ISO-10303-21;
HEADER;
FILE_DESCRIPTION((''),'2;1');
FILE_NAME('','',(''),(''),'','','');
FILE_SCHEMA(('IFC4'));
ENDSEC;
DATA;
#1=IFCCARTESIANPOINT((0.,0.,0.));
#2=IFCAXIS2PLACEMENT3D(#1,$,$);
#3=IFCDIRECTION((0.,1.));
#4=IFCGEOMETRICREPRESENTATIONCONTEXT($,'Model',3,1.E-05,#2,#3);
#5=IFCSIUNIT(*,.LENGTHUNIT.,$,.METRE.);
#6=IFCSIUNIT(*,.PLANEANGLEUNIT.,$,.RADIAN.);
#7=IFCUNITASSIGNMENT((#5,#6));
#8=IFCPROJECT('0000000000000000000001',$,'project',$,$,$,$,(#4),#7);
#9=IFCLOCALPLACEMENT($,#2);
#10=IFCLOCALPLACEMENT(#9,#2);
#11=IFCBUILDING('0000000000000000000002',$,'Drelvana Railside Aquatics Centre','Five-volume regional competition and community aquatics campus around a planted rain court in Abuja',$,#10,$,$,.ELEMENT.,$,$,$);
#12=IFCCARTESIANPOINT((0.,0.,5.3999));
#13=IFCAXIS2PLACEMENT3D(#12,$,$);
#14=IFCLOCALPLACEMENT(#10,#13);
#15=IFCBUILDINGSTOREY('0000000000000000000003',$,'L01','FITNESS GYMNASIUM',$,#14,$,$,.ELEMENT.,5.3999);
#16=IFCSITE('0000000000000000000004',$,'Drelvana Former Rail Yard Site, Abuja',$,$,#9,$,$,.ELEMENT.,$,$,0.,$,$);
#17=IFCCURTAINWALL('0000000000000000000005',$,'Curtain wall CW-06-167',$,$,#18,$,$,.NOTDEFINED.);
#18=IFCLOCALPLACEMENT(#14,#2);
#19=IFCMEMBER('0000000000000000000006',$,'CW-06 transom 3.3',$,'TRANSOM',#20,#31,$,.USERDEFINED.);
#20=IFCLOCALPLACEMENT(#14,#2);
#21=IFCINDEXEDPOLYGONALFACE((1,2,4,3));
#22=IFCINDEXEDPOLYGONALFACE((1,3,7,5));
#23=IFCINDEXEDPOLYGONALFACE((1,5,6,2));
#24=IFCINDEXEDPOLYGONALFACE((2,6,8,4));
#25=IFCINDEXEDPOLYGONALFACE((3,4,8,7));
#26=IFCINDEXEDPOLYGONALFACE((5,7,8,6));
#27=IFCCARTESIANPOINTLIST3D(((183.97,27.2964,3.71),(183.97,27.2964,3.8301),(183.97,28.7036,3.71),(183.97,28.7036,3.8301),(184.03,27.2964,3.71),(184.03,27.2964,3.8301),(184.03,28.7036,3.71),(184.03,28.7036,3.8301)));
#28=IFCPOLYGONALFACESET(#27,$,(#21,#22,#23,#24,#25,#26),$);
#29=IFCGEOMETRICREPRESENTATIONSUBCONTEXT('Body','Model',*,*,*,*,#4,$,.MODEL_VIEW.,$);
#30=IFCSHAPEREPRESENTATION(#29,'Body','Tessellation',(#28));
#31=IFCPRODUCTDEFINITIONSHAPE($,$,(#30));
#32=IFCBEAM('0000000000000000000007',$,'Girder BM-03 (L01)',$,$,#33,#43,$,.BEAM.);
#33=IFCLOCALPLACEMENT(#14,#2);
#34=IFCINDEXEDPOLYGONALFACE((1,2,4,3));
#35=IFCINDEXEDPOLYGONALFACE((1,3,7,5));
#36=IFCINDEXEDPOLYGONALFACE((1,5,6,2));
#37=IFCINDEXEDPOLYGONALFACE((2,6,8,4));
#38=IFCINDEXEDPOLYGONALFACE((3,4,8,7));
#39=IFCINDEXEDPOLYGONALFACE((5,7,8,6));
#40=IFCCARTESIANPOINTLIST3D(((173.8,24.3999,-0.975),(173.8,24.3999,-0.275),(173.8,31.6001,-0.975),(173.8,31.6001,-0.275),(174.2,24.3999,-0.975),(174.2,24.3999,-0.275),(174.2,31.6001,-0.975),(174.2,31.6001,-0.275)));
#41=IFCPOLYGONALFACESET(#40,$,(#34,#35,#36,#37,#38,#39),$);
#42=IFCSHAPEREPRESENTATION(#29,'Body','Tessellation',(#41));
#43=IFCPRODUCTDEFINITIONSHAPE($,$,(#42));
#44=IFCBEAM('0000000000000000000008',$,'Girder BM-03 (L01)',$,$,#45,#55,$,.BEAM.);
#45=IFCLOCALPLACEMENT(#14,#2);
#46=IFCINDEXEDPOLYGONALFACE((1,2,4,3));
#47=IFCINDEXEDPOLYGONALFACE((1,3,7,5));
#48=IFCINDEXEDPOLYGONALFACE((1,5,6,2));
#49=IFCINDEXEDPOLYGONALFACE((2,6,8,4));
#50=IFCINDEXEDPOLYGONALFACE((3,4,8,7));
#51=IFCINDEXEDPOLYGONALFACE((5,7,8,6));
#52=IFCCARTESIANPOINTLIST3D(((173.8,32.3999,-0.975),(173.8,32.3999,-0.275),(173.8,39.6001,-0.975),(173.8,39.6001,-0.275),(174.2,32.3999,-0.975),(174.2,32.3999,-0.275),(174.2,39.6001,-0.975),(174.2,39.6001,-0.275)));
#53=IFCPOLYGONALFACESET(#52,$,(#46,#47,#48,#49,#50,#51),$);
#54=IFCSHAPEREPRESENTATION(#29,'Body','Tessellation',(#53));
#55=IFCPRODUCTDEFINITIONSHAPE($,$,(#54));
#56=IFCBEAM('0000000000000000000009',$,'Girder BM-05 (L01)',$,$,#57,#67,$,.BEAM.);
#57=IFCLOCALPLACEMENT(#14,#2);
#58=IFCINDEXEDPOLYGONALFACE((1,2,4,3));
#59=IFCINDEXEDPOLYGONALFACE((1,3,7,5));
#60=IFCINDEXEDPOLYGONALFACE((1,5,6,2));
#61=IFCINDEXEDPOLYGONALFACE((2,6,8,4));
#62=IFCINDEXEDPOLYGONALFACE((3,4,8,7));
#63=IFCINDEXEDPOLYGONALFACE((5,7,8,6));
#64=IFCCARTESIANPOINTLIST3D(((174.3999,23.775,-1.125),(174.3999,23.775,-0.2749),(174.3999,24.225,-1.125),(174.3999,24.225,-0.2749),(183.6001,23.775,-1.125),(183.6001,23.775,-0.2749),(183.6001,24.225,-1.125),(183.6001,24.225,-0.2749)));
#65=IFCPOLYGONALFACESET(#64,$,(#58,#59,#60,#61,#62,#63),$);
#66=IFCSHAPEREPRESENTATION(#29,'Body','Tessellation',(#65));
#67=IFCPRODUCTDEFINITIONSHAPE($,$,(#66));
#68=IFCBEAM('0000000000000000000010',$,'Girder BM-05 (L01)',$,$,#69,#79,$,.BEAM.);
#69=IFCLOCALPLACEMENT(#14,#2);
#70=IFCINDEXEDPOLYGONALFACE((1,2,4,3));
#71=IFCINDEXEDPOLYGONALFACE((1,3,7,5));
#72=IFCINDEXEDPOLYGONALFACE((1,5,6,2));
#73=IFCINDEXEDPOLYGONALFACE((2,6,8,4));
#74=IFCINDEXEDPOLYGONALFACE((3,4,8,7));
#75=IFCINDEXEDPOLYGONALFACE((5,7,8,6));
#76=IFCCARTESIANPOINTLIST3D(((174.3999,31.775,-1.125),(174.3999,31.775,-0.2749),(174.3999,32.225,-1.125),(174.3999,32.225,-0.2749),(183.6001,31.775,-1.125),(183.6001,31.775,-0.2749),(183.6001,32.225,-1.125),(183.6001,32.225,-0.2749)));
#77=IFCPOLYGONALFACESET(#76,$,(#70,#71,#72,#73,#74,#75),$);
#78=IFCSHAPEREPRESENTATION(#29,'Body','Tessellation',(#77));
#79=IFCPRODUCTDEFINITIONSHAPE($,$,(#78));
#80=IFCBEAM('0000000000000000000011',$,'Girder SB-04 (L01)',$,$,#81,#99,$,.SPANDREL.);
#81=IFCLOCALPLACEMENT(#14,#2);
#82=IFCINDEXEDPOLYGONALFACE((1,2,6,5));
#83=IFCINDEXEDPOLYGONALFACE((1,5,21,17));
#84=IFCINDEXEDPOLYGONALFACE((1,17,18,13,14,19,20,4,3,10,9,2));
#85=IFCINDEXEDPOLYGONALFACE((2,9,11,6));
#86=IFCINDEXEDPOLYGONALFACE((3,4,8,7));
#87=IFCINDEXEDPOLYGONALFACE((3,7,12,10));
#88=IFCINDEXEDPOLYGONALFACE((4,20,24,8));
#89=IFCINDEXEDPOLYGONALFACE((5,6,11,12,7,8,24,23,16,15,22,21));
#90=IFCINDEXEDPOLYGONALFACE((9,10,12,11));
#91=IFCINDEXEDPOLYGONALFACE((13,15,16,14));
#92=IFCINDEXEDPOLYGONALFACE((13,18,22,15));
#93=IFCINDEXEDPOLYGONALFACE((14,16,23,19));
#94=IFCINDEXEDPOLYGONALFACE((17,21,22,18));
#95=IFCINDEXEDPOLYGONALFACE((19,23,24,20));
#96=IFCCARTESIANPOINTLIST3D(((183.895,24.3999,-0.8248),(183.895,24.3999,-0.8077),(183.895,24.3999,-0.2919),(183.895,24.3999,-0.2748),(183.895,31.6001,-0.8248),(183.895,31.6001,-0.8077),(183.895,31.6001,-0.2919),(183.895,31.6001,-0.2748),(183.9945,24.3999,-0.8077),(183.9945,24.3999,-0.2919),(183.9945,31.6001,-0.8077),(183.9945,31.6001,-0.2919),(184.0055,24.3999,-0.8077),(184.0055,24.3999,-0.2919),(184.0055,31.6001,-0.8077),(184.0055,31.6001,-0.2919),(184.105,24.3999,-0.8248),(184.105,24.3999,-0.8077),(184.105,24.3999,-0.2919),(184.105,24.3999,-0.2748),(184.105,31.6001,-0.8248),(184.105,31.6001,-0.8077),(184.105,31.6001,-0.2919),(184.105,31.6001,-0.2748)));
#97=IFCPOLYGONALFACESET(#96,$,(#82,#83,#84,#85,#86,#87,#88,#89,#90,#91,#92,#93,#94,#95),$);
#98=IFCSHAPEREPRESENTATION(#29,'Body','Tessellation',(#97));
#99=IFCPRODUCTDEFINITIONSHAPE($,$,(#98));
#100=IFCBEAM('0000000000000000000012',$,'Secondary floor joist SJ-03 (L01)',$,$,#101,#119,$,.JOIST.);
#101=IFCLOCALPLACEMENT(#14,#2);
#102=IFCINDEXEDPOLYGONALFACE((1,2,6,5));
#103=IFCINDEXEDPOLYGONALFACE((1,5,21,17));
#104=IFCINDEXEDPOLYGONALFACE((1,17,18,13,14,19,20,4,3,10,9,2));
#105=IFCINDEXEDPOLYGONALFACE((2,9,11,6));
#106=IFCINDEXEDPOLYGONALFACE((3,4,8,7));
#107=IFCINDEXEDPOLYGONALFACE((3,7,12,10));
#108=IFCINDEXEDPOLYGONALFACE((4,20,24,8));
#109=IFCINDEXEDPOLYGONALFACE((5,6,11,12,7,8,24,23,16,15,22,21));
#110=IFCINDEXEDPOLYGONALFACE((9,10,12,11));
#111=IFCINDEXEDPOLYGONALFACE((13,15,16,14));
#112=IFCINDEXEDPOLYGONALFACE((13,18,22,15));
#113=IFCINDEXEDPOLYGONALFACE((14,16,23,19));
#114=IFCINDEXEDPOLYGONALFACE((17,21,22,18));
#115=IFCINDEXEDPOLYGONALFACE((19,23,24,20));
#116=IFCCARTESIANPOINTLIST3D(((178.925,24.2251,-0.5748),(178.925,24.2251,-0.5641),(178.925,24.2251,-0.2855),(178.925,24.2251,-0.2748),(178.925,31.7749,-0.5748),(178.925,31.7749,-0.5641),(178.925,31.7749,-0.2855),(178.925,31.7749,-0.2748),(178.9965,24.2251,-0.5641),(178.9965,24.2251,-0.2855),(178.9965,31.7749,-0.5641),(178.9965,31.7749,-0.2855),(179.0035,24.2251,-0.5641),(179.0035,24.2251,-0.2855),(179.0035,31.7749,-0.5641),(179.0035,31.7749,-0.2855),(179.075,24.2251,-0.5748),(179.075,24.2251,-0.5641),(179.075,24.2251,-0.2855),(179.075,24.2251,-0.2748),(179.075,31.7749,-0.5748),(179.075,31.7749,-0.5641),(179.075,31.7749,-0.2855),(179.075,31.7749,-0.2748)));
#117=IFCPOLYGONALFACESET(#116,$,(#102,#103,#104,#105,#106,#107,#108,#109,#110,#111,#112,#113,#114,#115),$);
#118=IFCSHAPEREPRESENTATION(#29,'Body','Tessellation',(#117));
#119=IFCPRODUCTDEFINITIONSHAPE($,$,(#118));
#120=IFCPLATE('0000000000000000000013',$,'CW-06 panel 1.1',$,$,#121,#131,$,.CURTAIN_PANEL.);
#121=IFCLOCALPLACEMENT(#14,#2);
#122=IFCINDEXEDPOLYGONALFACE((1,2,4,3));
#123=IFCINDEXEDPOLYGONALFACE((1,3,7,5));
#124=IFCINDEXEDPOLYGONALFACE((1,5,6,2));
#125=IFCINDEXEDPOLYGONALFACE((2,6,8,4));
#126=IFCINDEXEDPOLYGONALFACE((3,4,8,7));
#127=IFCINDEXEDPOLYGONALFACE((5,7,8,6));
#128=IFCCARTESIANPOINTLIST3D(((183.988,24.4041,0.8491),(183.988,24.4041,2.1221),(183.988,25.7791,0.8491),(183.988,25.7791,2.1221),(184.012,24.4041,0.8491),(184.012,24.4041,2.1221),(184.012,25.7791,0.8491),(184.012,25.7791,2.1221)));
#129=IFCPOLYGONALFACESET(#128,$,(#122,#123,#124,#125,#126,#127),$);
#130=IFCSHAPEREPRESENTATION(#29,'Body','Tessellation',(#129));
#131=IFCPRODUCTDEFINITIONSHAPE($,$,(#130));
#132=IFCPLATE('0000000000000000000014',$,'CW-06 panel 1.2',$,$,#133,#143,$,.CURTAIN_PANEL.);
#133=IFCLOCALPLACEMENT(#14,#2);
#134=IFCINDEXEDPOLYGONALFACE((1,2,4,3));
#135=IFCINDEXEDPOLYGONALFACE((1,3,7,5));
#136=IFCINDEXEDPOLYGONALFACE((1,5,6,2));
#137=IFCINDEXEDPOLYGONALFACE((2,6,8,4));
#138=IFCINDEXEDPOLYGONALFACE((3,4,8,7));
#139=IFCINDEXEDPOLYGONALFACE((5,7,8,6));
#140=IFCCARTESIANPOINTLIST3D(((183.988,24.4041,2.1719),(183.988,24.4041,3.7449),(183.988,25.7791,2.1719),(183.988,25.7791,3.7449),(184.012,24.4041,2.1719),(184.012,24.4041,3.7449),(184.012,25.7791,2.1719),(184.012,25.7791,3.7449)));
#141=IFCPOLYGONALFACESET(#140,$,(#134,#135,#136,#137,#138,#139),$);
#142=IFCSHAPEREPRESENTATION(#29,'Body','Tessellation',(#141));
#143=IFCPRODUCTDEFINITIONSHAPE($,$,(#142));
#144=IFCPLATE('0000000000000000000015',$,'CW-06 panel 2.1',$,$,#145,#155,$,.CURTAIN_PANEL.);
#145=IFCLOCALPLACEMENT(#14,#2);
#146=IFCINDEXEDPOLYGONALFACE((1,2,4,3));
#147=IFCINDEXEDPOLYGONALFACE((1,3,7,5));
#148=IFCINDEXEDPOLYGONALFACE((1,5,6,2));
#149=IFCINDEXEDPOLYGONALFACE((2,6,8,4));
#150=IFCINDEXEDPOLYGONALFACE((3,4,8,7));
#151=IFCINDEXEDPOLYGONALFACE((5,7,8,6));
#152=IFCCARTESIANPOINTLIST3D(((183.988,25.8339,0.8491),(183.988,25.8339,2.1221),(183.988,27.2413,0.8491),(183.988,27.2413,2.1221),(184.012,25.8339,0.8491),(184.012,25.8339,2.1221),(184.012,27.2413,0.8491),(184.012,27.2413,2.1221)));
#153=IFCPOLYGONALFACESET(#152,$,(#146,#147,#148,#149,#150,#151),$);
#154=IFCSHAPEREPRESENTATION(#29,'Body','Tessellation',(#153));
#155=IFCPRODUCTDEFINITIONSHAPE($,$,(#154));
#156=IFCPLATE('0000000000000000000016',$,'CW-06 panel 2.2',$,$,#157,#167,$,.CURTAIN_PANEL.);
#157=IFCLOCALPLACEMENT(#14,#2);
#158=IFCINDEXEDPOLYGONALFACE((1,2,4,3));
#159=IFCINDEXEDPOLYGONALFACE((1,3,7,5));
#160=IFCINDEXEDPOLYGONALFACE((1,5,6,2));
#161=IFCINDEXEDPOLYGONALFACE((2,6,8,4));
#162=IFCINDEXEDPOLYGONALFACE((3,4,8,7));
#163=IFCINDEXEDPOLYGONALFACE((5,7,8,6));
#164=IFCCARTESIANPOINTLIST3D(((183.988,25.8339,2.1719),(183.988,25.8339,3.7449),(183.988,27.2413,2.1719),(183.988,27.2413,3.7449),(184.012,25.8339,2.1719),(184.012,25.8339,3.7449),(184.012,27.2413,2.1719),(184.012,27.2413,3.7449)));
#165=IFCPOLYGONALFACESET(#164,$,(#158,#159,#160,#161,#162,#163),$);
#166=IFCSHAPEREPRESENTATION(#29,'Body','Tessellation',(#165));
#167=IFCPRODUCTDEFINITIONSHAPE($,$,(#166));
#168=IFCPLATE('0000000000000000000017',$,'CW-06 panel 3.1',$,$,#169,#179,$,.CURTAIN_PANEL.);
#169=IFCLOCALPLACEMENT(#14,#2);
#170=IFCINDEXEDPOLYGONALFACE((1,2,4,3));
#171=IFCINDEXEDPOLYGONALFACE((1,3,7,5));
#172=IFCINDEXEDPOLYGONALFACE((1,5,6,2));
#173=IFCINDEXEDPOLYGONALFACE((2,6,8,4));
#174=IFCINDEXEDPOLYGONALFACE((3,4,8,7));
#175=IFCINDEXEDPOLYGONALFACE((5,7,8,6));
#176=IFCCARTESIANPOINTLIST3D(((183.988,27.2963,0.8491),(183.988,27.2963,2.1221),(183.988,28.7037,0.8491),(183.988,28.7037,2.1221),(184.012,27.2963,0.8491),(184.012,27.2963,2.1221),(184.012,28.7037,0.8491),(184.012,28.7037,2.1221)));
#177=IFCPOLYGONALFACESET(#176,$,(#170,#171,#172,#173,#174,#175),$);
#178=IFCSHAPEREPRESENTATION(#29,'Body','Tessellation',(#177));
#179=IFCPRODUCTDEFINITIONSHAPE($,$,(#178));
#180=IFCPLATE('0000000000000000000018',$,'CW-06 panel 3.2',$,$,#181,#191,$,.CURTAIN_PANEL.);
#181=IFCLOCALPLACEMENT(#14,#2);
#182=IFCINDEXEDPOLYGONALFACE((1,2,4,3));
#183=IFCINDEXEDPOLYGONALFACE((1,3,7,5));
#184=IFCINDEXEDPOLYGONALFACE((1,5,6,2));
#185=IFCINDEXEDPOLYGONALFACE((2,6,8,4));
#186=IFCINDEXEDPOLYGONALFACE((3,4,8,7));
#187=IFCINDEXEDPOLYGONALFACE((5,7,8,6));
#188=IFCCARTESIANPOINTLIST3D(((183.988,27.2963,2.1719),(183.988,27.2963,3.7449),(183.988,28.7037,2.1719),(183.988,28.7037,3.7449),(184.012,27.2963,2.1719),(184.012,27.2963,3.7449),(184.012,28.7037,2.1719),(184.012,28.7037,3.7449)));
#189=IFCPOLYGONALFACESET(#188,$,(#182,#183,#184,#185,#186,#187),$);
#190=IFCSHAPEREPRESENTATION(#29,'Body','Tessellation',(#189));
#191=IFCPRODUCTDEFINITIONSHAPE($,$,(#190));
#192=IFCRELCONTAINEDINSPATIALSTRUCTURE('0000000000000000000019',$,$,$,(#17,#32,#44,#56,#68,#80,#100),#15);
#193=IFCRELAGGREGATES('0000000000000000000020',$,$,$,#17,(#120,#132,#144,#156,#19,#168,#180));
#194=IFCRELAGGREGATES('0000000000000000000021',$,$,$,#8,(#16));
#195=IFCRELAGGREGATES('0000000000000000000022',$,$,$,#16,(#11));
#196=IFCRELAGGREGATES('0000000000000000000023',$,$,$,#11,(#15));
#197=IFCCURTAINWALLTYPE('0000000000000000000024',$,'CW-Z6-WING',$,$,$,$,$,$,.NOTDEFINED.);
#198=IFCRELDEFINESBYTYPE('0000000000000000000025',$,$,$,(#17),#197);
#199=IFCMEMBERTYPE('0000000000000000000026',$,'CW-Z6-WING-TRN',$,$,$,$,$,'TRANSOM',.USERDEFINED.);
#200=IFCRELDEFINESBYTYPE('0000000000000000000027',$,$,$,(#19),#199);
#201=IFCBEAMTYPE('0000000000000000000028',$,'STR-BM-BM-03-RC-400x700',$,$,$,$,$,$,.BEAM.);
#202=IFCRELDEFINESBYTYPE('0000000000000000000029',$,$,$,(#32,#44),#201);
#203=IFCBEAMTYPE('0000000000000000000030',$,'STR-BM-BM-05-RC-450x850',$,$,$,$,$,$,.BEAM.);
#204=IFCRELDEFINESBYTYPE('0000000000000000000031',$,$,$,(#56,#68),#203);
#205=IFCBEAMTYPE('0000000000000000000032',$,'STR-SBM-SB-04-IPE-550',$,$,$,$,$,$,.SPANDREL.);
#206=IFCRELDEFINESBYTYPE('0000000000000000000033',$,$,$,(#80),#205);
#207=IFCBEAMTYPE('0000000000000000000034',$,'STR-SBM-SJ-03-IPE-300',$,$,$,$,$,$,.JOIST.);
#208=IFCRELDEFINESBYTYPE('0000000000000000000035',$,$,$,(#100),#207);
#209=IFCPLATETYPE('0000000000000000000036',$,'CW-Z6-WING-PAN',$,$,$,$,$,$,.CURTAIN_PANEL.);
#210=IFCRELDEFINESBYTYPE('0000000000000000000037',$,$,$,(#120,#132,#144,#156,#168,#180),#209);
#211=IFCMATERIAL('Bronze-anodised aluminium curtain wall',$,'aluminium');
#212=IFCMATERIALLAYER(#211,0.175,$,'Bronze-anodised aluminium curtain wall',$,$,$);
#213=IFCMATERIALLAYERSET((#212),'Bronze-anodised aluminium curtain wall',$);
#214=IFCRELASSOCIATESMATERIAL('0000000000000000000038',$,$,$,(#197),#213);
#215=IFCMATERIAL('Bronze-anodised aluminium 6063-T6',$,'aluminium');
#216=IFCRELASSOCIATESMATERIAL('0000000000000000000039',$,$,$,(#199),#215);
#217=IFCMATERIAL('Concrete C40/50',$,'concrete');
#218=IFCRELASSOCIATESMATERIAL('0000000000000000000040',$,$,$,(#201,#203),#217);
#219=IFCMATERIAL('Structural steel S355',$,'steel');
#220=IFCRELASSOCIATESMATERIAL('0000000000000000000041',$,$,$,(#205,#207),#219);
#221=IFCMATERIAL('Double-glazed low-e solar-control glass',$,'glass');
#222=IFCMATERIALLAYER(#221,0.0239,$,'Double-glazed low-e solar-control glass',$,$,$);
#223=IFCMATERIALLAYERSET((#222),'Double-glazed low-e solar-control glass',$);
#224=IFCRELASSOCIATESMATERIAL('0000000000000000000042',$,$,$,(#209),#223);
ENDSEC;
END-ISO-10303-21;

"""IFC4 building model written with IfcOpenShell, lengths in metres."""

from ifc_helpers import new_model, si_unit, direction, frame, origin, origin_2d, place, context, subcontext, project, spatial, rectangle, i_section, extrude, material, layer, layer_set, material_profile, profile_set, type_object, element, aggregate, save


model = new_model("IFC4")

# Units and contexts
model_context = context("Model", 3, precision=1e-05, world=origin(), true_north=direction((0.0, 1.0)))
body_context = subcontext(model_context, "Body", "Model", "MODEL_VIEW")
ifc_project = project(units=[si_unit("LENGTHUNIT", "METRE"), si_unit("PLANEANGLEUNIT", "RADIAN")], contexts=[model_context])

# Site, building, storey
site_placement = place(None, origin())
site = spatial("IfcSite", under=ifc_project, at=site_placement, Name="Drelvana Former Rail Yard Site, Abuja", CompositionType="ELEMENT", RefElevation=0.0)
building_placement = place(site_placement, origin())
building = spatial("IfcBuilding", under=site, at=building_placement, Name="Drelvana Railside Aquatics Centre", Description="Five-volume regional competition and community aquatics campus around a planted rain court in Abuja", CompositionType="ELEMENT")
storey_placement = place(building_placement, frame((0.0, 0.0, 5.3999)))
storey = spatial("IfcBuildingStorey", under=building, at=storey_placement, Name="L01", Description="FITNESS GYMNASIUM", CompositionType="ELEMENT", Elevation=5.3999)

# Shared definitions
ifc_material_1 = material(Name="Concrete C40/50", Category="concrete")

# Curtain wall, member
ifc_material_2 = material(Name="Bronze-anodised aluminium curtain wall", Category="aluminium")
ifc_layer_1 = layer(ifc_material_2, 0.175, Name="Bronze-anodised aluminium curtain wall")
ifc_layer_set_1 = layer_set([ifc_layer_1], Name="Bronze-anodised aluminium curtain wall")
curtain_wall_type = type_object("IfcCurtainWallType", Name="CW-Z6-WING", PredefinedType="NOTDEFINED", material=ifc_layer_set_1)
curtain_wall_placement = place(storey_placement, origin())
curtain_wall = element("IfcCurtainWall", 1, at=curtain_wall_placement, inside=storey, type_object=curtain_wall_type, Name="Curtain wall CW-06-167", PredefinedType="NOTDEFINED")
ifc_material_3 = material(Name="Bronze-anodised aluminium 6063-T6", Category="aluminium")
ifc_material_profile_1 = material_profile(ifc_material_3, rectangle(XDim=0.1201, YDim=0.0601, at=origin_2d()), Name="ALU-T 60x120")
ifc_profile_set_1 = profile_set([ifc_material_profile_1], Name="Bronze-anodised aluminium 6063-T6")
member_type_1 = type_object("IfcMemberType", Name="CW-Z6-WING-TRN", ElementType="TRANSOM", PredefinedType="USERDEFINED", material=ifc_profile_set_1)
member_1_placement = place(storey_placement, frame((184.0, 27.2964, 3.77), z_axis=(0.0, 1.0, 0.0), x_axis=(0.0, 0.0, 1.0)))
member_1 = element("IfcMember", 2, at=member_1_placement, type_object=member_type_1, Name="CW-06 transom 3.3", ObjectType="TRANSOM", PredefinedType="USERDEFINED", context=body_context, shape_type="SweptSolid", body=[
    extrude(rectangle(XDim=0.1201, YDim=0.0601, at=origin_2d()), origin(), (0.0, 0.0, 1.0), 1.4072),
])

# Beams
ifc_material_profile_2 = material_profile(ifc_material_1, rectangle(XDim=0.3999, YDim=0.7, at=origin_2d()), Name="RC 400x700")
ifc_profile_set_2 = profile_set([ifc_material_profile_2], Name="Concrete C40/50")
beam_type_1 = type_object("IfcBeamType", Name="STR-BM-BM-03-RC-400x700", PredefinedType="BEAM", material=ifc_profile_set_2)
for number, where, z_axis, x_axis, name in (
    (3, (174.0, 24.3999, -0.625), (0.0, 1.0, 0.0), (-1.0, 0.0, 0.0), "Girder BM-03 (L01)"),
    (4, (174.0, 32.3999, -0.625), (0.0, 1.0, 0.0), (-1.0, 0.0, 0.0), "Girder BM-03 (L01)"),
):
    element("IfcBeam", number, at=place(storey_placement, frame(where, z_axis=z_axis, x_axis=x_axis)), inside=storey, type_object=beam_type_1, Name=name, PredefinedType="BEAM", context=body_context, shape_type="SweptSolid", body=[
        extrude(rectangle(XDim=0.3999, YDim=0.7, at=origin_2d()), origin(), (0.0, 0.0, 1.0), 7.2002),
    ])
ifc_material_profile_3 = material_profile(ifc_material_1, rectangle(XDim=0.45, YDim=0.8501, at=origin_2d()), Name="RC 450x850")
ifc_profile_set_3 = profile_set([ifc_material_profile_3], Name="Concrete C40/50")
beam_type_2 = type_object("IfcBeamType", Name="STR-BM-BM-05-RC-450x850", PredefinedType="BEAM", material=ifc_profile_set_3)
for number, where, z_axis, x_axis, name in (
    (5, (174.3999, 24.0, -0.7), (1.0, 0.0, 0.0), (0.0, 1.0, 0.0), "Girder BM-05 (L01)"),
    (6, (174.3999, 32.0, -0.7), (1.0, 0.0, 0.0), (0.0, 1.0, 0.0), "Girder BM-05 (L01)"),
):
    element("IfcBeam", number, at=place(storey_placement, frame(where, z_axis=z_axis, x_axis=x_axis)), inside=storey, type_object=beam_type_2, Name=name, PredefinedType="BEAM", context=body_context, shape_type="SweptSolid", body=[
        extrude(rectangle(XDim=0.45, YDim=0.8501, at=origin_2d()), origin(), (0.0, 0.0, 1.0), 9.2002),
    ])
ifc_material_4 = material(Name="Structural steel S355", Category="steel")
ifc_material_profile_4 = material_profile(ifc_material_4, i_section(OverallWidth=0.21, OverallDepth=0.55, WebThickness=0.011, FlangeThickness=0.0171, at=origin_2d()), Name="IPE 550")
ifc_profile_set_4 = profile_set([ifc_material_profile_4], Name="Structural steel S355")
beam_type_3 = type_object("IfcBeamType", Name="STR-SBM-SB-04-IPE-550", PredefinedType="SPANDREL", material=ifc_profile_set_4)
beam_1_placement = place(storey_placement, frame((184.0, 24.3999, -0.5498), z_axis=(0.0, 1.0, 0.0), x_axis=(-1.0, 0.0, 0.0)))
element("IfcBeam", 7, at=beam_1_placement, inside=storey, type_object=beam_type_3, Name="Girder SB-04 (L01)", PredefinedType="SPANDREL", context=body_context, shape_type="SweptSolid", body=[
    extrude(i_section(OverallWidth=0.21, OverallDepth=0.55, WebThickness=0.011, FlangeThickness=0.0171, at=origin_2d()), origin(), (0.0, 0.0, 1.0), 7.2002),
])
ifc_material_profile_5 = material_profile(ifc_material_4, i_section(OverallWidth=0.1499, OverallDepth=0.3, WebThickness=0.0071, FlangeThickness=0.0107, at=origin_2d()), Name="IPE 300")
ifc_profile_set_5 = profile_set([ifc_material_profile_5], Name="Structural steel S355")
beam_type_4 = type_object("IfcBeamType", Name="STR-SBM-SJ-03-IPE-300", PredefinedType="JOIST", material=ifc_profile_set_5)
beam_2_placement = place(storey_placement, frame((179.0, 24.2251, -0.4248), z_axis=(0.0, 1.0, 0.0), x_axis=(-1.0, 0.0, 0.0)))
element("IfcBeam", 8, at=beam_2_placement, inside=storey, type_object=beam_type_4, Name="Secondary floor joist SJ-03 (L01)", PredefinedType="JOIST", context=body_context, shape_type="SweptSolid", body=[
    extrude(i_section(OverallWidth=0.1499, OverallDepth=0.3, WebThickness=0.0071, FlangeThickness=0.0107, at=origin_2d()), origin(), (0.0, 0.0, 1.0), 7.5498),
])

# Plates
ifc_material_5 = material(Name="Double-glazed low-e solar-control glass", Category="glass")
ifc_layer_2 = layer(ifc_material_5, 0.0239, Name="Double-glazed low-e solar-control glass")
ifc_layer_set_2 = layer_set([ifc_layer_2], Name="Double-glazed low-e solar-control glass")
plate_type = type_object("IfcPlateType", Name="CW-Z6-WING-PAN", PredefinedType="CURTAIN_PANEL", material=ifc_layer_set_2)
plate_1_placement = place(storey_placement, frame((184.0, 25.0916, 0.8491), z_axis=(0.0, 0.0, 1.0), x_axis=(0.0, 1.0, 0.0)))
plate_1 = element("IfcPlate", 9, at=plate_1_placement, type_object=plate_type, Name="CW-06 panel 1.1", PredefinedType="CURTAIN_PANEL", context=body_context, shape_type="SweptSolid", body=[
    extrude(rectangle(XDim=1.375, YDim=0.0239, at=origin_2d()), origin(), (0.0, 0.0, 1.0), 1.2729),
])
plate_2_placement = place(storey_placement, frame((184.0, 25.0916, 2.1719), z_axis=(0.0, 0.0, 1.0), x_axis=(0.0, 1.0, 0.0)))
plate_2 = element("IfcPlate", 10, at=plate_2_placement, type_object=plate_type, Name="CW-06 panel 1.2", PredefinedType="CURTAIN_PANEL", context=body_context, shape_type="SweptSolid", body=[
    extrude(rectangle(XDim=1.375, YDim=0.0239, at=origin_2d()), origin(), (0.0, 0.0, 1.0), 1.573),
])
plate_3_placement = place(storey_placement, frame((184.0, 26.5376, 0.8491), z_axis=(0.0, 0.0, 1.0), x_axis=(0.0, 1.0, 0.0)))
plate_3 = element("IfcPlate", 11, at=plate_3_placement, type_object=plate_type, Name="CW-06 panel 2.1", PredefinedType="CURTAIN_PANEL", context=body_context, shape_type="SweptSolid", body=[
    extrude(rectangle(XDim=1.4075, YDim=0.0239, at=origin_2d()), origin(), (0.0, 0.0, 1.0), 1.2729),
])
plate_4_placement = place(storey_placement, frame((184.0, 26.5376, 2.1719), z_axis=(0.0, 0.0, 1.0), x_axis=(0.0, 1.0, 0.0)))
plate_4 = element("IfcPlate", 12, at=plate_4_placement, type_object=plate_type, Name="CW-06 panel 2.2", PredefinedType="CURTAIN_PANEL", context=body_context, shape_type="SweptSolid", body=[
    extrude(rectangle(XDim=1.4075, YDim=0.0239, at=origin_2d()), origin(), (0.0, 0.0, 1.0), 1.573),
])
plate_5_placement = place(storey_placement, frame((184.0, 28.0, 0.8491), z_axis=(0.0, 0.0, 1.0), x_axis=(0.0, 1.0, 0.0)))
plate_5 = element("IfcPlate", 13, at=plate_5_placement, type_object=plate_type, Name="CW-06 panel 3.1", PredefinedType="CURTAIN_PANEL", context=body_context, shape_type="SweptSolid", body=[
    extrude(rectangle(XDim=1.4075, YDim=0.0239, at=origin_2d()), origin(), (0.0, 0.0, 1.0), 1.2729),
])
plate_6_placement = place(storey_placement, frame((184.0, 28.0, 2.1719), z_axis=(0.0, 0.0, 1.0), x_axis=(0.0, 1.0, 0.0)))
plate_6 = element("IfcPlate", 14, at=plate_6_placement, type_object=plate_type, Name="CW-06 panel 3.2", PredefinedType="CURTAIN_PANEL", context=body_context, shape_type="SweptSolid", body=[
    extrude(rectangle(XDim=1.4075, YDim=0.0239, at=origin_2d()), origin(), (0.0, 0.0, 1.0), 1.573),
])
aggregate(curtain_wall, [plate_1, plate_2, plate_3, plate_4, member_1, plate_5, plate_6])

save(model, "model.ifc")
